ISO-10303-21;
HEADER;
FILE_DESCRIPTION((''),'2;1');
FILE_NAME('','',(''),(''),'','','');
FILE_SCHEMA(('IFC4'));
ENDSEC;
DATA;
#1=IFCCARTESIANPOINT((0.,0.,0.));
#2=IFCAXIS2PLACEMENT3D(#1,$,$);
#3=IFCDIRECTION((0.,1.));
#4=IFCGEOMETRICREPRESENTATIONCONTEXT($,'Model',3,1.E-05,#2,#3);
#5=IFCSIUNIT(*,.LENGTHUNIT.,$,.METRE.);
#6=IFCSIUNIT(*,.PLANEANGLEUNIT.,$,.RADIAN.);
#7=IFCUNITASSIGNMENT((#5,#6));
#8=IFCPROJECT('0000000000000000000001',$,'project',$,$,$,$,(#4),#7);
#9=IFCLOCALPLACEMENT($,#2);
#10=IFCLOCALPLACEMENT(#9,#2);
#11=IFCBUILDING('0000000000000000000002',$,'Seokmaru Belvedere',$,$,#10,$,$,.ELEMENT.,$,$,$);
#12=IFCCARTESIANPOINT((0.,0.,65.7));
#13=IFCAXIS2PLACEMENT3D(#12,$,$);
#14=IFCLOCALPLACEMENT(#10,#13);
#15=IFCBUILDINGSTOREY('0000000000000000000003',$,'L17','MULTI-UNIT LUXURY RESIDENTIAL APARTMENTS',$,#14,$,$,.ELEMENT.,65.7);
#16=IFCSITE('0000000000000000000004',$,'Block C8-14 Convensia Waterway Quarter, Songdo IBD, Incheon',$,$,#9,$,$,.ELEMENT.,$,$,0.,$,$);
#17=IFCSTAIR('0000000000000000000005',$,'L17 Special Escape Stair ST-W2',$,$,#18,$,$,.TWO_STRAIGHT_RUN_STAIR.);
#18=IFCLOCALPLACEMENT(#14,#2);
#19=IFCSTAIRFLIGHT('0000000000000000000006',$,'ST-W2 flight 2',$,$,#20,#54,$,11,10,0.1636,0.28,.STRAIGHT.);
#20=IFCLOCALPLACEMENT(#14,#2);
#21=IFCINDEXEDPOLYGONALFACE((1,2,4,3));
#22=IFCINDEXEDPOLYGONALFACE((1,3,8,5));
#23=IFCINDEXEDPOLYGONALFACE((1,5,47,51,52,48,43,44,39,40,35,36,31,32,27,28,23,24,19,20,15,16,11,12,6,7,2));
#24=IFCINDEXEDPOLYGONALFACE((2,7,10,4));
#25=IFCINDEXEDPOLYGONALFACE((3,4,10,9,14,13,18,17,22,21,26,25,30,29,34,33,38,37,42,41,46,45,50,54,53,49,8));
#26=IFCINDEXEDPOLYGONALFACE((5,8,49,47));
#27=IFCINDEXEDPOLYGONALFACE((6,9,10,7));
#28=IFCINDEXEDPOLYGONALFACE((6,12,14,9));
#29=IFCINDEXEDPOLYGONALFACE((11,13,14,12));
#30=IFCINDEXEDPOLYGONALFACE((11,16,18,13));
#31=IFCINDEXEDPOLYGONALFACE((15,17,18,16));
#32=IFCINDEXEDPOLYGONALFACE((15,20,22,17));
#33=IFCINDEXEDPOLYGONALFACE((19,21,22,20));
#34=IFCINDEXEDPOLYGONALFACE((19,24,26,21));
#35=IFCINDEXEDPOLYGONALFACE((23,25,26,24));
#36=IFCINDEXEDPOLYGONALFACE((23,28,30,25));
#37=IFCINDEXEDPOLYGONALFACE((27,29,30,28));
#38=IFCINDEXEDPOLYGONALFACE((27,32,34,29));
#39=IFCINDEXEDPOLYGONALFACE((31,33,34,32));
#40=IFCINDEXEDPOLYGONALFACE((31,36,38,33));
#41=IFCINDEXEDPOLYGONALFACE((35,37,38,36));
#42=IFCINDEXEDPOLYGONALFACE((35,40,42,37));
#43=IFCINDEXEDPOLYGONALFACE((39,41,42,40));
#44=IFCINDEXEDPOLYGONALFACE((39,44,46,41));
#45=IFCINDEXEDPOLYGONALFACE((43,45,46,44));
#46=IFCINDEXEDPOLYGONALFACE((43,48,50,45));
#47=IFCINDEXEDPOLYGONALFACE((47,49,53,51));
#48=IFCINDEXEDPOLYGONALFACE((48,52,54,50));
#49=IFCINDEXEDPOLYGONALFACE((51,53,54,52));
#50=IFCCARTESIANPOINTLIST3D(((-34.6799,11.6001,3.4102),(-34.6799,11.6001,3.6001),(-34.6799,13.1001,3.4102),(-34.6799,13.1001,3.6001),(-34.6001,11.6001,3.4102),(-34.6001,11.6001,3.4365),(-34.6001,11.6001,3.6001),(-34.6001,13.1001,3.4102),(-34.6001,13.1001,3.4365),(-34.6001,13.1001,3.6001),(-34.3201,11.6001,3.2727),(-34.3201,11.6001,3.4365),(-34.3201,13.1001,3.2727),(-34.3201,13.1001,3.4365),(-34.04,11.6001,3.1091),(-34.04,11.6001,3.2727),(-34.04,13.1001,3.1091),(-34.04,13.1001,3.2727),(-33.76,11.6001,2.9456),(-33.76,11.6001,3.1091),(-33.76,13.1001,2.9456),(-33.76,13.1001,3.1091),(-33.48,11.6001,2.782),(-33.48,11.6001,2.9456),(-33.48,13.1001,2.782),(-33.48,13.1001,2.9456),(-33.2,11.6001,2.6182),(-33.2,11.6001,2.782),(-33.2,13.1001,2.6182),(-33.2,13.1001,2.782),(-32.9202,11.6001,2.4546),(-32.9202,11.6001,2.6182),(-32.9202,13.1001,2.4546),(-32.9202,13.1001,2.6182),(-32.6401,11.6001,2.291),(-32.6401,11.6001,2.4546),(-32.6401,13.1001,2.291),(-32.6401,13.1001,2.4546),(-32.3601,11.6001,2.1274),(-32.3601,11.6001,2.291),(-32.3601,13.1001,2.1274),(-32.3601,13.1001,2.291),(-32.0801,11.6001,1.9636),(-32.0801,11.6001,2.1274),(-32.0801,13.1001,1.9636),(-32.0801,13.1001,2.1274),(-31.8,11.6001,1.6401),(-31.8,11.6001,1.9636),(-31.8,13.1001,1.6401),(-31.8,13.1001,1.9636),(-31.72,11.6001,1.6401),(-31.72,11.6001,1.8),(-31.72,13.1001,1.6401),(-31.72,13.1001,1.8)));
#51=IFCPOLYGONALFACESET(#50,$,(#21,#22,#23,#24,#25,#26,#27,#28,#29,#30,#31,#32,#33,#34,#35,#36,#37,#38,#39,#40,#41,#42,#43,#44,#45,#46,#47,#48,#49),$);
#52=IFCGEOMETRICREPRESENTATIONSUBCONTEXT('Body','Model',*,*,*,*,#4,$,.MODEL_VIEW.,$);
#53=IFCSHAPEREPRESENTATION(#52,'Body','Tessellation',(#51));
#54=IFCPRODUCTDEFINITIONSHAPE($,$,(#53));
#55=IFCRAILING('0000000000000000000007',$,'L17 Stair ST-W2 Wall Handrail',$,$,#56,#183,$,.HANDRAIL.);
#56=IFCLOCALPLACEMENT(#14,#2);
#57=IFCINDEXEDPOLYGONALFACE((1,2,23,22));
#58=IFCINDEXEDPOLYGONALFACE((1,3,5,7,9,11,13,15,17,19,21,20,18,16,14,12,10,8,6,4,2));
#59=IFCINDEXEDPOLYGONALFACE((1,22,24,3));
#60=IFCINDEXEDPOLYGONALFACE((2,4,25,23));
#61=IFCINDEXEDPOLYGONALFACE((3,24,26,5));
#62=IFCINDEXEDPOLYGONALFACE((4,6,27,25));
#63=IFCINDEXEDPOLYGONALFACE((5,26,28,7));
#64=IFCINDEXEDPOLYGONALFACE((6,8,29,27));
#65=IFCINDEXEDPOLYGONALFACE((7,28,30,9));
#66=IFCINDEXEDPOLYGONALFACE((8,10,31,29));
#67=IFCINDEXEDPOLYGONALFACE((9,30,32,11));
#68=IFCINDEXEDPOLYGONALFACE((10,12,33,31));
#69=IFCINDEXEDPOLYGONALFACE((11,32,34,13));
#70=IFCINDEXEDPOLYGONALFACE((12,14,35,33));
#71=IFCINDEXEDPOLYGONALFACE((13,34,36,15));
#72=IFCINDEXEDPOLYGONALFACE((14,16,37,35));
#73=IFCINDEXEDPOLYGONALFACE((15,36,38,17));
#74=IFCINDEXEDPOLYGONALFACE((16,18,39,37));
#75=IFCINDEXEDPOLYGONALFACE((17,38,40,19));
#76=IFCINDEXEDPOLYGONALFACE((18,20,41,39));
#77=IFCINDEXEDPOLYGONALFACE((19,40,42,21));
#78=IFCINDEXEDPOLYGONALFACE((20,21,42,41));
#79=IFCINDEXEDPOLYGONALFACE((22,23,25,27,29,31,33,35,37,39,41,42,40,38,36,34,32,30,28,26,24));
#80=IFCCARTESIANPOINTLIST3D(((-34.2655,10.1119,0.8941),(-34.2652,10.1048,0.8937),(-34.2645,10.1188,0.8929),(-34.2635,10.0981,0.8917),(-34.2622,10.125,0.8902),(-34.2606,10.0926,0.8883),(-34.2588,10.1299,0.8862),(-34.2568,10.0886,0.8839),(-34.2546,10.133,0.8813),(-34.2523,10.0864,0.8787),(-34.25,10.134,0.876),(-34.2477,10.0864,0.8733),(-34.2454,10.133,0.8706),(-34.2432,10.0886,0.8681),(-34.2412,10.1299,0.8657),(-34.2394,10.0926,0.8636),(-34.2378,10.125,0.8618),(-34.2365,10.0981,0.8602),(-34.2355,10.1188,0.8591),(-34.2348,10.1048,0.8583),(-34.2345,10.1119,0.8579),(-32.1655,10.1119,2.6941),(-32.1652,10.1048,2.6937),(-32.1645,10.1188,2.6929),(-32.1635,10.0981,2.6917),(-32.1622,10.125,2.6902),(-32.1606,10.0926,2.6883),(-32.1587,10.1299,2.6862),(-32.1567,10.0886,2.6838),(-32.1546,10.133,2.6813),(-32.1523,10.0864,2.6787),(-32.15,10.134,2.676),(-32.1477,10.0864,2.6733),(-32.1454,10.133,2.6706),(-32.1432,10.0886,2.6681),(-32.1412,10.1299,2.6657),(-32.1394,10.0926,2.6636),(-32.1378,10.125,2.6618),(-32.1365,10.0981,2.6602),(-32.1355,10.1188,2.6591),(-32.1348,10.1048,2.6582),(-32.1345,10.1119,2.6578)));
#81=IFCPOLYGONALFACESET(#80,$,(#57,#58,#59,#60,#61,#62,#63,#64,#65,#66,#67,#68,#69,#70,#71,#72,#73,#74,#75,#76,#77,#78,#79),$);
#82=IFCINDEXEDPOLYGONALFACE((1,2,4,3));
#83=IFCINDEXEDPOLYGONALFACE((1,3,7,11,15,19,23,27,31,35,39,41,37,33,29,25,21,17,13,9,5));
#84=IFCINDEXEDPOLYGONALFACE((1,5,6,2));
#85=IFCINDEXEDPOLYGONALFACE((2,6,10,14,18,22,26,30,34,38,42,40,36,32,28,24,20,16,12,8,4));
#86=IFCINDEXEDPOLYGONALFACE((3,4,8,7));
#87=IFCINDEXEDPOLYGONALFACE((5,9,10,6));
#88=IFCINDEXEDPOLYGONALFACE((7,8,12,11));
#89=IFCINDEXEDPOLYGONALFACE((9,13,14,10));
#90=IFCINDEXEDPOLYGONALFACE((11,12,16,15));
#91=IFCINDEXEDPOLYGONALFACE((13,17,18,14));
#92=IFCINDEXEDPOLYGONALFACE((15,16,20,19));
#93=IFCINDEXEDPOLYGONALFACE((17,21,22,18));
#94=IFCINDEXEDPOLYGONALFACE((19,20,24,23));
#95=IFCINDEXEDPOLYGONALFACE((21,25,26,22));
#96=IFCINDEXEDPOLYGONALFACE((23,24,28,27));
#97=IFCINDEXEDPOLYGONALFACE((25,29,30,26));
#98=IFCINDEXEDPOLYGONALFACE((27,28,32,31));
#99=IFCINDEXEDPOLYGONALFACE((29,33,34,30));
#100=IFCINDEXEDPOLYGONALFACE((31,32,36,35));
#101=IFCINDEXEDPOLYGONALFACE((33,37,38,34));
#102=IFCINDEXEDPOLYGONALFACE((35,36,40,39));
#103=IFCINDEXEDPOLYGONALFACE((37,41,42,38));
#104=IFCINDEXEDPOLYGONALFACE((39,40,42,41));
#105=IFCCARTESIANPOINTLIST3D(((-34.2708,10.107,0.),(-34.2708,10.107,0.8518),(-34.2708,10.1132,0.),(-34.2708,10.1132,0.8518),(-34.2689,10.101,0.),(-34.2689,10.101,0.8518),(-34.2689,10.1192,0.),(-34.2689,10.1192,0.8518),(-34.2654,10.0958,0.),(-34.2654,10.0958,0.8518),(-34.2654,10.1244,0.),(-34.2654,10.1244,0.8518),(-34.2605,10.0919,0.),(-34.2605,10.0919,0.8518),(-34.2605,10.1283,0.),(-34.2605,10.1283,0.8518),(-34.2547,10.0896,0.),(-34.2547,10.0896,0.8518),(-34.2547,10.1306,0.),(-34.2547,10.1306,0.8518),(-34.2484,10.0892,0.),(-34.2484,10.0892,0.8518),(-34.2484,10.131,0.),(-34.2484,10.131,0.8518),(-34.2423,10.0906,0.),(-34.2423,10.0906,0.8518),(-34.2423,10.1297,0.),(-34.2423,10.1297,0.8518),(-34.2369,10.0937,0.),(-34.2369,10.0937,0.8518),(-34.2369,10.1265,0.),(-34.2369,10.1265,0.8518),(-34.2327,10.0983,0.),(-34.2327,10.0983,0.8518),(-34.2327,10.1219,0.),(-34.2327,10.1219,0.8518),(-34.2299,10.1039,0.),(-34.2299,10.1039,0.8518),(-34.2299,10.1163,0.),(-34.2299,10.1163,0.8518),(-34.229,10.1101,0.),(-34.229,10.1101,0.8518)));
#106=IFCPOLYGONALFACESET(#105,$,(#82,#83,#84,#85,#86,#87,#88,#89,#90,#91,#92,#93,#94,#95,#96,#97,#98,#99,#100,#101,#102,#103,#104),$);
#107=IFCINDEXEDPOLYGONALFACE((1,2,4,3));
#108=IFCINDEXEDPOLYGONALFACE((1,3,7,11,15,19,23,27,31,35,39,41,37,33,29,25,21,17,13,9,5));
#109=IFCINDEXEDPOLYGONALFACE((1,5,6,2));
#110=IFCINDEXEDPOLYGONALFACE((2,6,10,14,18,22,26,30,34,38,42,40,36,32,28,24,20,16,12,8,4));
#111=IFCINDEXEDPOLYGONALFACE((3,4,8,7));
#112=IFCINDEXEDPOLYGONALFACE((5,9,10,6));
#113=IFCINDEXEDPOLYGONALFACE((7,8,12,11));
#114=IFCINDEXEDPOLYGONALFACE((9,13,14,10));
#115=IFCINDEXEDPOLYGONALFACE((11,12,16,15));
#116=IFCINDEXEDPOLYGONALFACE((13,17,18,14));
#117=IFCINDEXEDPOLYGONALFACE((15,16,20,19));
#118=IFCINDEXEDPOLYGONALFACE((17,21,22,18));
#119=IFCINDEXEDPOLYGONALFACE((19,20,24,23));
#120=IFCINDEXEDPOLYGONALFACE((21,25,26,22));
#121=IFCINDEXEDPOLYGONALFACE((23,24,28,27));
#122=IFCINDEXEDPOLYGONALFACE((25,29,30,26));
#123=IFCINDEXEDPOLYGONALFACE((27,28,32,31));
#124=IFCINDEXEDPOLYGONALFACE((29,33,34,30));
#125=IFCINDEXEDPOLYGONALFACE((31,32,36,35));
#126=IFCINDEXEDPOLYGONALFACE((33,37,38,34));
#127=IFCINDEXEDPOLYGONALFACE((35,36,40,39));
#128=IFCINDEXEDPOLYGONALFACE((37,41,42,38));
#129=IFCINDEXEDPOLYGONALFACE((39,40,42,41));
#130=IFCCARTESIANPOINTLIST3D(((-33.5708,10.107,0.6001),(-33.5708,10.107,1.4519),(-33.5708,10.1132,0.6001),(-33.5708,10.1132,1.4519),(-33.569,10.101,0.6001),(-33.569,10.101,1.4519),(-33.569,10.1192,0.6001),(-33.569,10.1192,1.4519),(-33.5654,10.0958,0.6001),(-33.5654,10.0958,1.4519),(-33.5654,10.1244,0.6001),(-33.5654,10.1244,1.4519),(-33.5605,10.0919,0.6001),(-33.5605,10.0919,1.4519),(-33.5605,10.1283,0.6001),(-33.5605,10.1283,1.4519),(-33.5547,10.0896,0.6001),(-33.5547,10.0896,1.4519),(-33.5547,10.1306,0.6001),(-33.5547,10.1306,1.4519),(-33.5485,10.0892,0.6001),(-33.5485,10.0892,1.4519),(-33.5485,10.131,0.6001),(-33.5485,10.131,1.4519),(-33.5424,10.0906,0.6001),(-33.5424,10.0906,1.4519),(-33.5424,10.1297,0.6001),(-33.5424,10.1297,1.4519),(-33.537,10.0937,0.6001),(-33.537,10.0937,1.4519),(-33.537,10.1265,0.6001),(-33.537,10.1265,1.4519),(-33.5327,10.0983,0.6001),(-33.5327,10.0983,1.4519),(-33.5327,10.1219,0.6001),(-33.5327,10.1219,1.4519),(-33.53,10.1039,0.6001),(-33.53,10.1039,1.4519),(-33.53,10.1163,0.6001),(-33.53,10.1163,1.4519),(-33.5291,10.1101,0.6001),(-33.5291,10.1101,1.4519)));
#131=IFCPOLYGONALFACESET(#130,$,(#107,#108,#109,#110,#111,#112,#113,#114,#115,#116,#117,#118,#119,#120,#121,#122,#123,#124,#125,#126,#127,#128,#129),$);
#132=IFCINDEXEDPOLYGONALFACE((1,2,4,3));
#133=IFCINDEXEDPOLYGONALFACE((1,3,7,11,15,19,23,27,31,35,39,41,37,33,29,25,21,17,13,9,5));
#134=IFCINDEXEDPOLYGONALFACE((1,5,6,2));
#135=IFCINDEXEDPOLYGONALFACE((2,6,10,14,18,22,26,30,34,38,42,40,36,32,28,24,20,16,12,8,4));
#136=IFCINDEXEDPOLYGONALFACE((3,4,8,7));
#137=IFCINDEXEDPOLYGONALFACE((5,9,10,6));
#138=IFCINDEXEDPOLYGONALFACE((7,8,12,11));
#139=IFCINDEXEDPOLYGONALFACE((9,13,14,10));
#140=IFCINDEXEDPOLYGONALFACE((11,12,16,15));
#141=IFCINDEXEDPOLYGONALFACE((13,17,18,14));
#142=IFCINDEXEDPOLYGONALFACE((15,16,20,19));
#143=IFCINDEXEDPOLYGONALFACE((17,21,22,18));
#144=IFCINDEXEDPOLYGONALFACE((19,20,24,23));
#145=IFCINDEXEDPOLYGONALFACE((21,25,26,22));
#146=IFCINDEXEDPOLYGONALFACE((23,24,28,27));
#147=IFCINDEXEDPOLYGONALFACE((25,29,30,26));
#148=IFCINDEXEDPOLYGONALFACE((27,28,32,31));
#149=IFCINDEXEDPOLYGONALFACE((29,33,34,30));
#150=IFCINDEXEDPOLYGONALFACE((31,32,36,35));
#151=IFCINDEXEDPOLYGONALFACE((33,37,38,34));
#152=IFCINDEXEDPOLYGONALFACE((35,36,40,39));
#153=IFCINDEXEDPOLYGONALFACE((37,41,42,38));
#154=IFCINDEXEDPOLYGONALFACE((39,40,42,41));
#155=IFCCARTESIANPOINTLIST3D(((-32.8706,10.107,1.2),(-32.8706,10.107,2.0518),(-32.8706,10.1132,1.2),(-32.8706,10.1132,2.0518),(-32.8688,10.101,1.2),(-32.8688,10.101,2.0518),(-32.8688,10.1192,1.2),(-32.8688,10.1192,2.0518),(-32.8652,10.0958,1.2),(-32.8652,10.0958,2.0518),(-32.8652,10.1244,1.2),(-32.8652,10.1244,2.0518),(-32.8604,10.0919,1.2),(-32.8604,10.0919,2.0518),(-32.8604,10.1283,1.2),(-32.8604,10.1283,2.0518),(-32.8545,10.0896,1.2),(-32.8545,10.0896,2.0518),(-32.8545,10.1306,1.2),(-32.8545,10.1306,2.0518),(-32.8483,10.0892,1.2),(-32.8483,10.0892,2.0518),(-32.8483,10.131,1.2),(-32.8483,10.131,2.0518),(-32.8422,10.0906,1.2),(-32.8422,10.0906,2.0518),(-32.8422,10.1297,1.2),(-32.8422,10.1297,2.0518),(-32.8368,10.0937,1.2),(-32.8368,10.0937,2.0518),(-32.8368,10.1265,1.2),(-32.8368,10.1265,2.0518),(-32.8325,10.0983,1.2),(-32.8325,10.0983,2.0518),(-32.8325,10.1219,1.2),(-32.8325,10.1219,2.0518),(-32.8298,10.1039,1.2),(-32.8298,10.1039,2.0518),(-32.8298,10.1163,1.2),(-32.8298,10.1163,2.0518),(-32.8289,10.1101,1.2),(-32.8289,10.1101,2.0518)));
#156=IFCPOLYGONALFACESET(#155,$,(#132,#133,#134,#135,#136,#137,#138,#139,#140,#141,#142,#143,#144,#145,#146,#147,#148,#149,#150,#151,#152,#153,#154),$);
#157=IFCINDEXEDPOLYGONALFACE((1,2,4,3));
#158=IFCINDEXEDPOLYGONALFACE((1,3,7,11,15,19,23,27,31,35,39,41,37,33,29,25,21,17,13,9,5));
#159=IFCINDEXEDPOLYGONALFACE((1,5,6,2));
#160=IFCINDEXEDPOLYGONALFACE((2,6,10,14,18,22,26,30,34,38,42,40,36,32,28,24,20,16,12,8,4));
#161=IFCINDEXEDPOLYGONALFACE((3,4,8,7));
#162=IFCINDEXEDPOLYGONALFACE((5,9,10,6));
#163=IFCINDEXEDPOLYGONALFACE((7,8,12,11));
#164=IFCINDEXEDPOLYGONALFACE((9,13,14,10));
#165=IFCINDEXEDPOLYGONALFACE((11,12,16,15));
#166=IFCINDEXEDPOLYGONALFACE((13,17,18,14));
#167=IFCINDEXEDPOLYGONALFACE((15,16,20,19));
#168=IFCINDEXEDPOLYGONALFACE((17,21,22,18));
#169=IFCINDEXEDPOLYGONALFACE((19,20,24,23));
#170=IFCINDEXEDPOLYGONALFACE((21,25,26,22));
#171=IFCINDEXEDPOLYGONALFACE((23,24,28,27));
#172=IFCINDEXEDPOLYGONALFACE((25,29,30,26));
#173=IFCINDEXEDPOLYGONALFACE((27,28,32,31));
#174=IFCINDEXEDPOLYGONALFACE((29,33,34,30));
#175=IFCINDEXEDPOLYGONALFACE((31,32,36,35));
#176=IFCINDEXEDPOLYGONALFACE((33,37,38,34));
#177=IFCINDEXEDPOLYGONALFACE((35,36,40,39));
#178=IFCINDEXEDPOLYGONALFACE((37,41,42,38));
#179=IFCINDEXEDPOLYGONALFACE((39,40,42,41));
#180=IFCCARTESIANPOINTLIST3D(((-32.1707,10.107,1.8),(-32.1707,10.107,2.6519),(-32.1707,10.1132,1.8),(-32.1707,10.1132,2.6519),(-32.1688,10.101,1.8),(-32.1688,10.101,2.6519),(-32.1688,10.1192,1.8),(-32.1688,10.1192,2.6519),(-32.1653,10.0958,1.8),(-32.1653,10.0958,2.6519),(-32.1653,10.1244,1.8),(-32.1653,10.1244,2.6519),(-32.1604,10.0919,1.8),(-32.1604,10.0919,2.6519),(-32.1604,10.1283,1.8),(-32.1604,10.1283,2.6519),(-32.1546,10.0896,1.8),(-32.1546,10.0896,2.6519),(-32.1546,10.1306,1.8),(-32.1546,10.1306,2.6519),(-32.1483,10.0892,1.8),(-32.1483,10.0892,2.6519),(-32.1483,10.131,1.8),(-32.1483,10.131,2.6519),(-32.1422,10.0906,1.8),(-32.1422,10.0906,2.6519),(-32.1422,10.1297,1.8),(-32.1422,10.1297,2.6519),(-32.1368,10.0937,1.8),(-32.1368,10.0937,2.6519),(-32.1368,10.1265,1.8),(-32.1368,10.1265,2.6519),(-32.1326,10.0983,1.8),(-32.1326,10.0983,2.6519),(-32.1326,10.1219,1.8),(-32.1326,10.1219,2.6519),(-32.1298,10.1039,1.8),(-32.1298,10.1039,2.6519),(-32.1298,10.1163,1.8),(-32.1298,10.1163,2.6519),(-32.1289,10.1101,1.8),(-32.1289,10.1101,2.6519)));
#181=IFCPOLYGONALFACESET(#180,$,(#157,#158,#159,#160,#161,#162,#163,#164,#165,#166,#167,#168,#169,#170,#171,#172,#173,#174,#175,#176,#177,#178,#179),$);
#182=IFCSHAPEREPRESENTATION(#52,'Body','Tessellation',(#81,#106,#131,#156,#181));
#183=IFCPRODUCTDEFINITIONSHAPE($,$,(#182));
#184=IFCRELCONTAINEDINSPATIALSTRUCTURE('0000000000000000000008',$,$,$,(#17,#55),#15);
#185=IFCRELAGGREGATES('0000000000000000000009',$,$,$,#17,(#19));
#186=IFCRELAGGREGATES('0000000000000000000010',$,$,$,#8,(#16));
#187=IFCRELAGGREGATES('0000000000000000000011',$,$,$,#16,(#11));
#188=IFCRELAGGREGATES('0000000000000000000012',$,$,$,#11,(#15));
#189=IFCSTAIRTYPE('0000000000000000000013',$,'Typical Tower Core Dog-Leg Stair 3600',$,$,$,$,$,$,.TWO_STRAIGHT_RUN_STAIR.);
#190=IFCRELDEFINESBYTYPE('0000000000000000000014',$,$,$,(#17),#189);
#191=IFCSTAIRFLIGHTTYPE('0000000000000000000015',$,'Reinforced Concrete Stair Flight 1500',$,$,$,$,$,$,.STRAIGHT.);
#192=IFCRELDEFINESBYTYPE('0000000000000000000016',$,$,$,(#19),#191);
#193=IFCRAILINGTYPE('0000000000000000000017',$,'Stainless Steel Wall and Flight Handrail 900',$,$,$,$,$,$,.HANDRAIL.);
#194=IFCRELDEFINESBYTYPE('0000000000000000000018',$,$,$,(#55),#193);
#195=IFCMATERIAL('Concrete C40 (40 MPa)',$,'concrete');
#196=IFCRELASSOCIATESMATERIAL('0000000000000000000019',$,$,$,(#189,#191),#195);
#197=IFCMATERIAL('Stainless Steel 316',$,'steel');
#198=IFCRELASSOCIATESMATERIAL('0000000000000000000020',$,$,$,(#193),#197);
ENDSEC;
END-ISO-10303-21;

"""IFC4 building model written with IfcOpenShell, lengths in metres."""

from ifc_helpers import new_model, si_unit, direction, frame, origin, origin_2d, place, context, subcontext, project, spatial, polyline, circle, outline, extrude, material, type_object, element, aggregate, save


model = new_model("IFC4")

# Units and contexts
model_context = context("Model", 3, precision=1e-05, world=origin(), true_north=direction((0.0, 1.0)))
body_context = subcontext(model_context, "Body", "Model", "MODEL_VIEW")
ifc_project = project(units=[si_unit("LENGTHUNIT", "METRE"), si_unit("PLANEANGLEUNIT", "RADIAN")], contexts=[model_context])

# Site, building, storey
site_placement = place(None, origin())
site = spatial("IfcSite", under=ifc_project, at=site_placement, Name="Block C8-14 Convensia Waterway Quarter, Songdo IBD, Incheon", CompositionType="ELEMENT", RefElevation=0.0)
building_placement = place(site_placement, origin())
building = spatial("IfcBuilding", under=site, at=building_placement, Name="Seokmaru Belvedere", CompositionType="ELEMENT")
storey_placement = place(building_placement, frame((0.0, 0.0, 65.7)))
storey = spatial("IfcBuildingStorey", under=building, at=storey_placement, Name="L17", Description="MULTI-UNIT LUXURY RESIDENTIAL APARTMENTS", CompositionType="ELEMENT", Elevation=65.7)

# Stair, stair flight
ifc_material_1 = material(Name="Concrete C40 (40 MPa)", Category="concrete")
stair_type = type_object("IfcStairType", Name="Typical Tower Core Dog-Leg Stair 3600", PredefinedType="TWO_STRAIGHT_RUN_STAIR", material=ifc_material_1)
stair_placement = place(storey_placement, origin())
stair = element("IfcStair", 1, at=stair_placement, inside=storey, type_object=stair_type, Name="L17 Special Escape Stair ST-W2", PredefinedType="TWO_STRAIGHT_RUN_STAIR")
stair_flight_type = type_object("IfcStairFlightType", Name="Reinforced Concrete Stair Flight 1500", PredefinedType="STRAIGHT", material=ifc_material_1)
stair_flight_1_placement = place(storey_placement, frame((-31.8, 12.3501, 1.8), z_axis=(0.0, 0.0, 1.0), x_axis=(-1.0, 0.0, 0.0)))
stair_flight_1 = element("IfcStairFlight", 2, at=stair_flight_1_placement, type_object=stair_flight_type, Name="ST-W2 flight 2", NumberOfRisers=11, NumberOfTreads=10, PredefinedType="STRAIGHT", RiserHeight=0.1636, TreadLength=0.28, context=body_context, shape_type="SweptSolid", body=[
    extrude(outline(polyline([(-0.0801, 0.0), (0.0, 0.1636), (0.28, 0.1636), (0.28, 0.3274), (0.5601, 0.3274), (0.5601, 0.491), (0.8401, 0.491), (0.8401, 0.6545), (1.1201, 0.6545), (1.1201, 0.8181), (1.3999, 0.8181), (1.3999, 0.9819), (1.6799, 0.9819), (1.6799, 1.1455), (1.96, 1.1455), (1.96, 1.3091), (2.24, 1.3091), (2.24, 1.4727), (2.52, 1.4727), (2.52, 1.6365), (2.8, 1.6365), (2.8, 1.8), (2.8799, 1.8), (2.8799, 1.6101), (2.8, 1.6101), (0.0, -0.1599), (-0.0801, -0.1599), (-0.0801, 0.0)])), frame((0.0, 0.75, 0.0), z_axis=(0.0, -1.0, 0.0), x_axis=(1.0, 0.0, 0.0)), (0.0, 0.0, 1.0), 1.5),
])
aggregate(stair, [stair_flight_1])

# Railing
ifc_material_2 = material(Name="Stainless Steel 316", Category="steel")
railing_type_1 = type_object("IfcRailingType", Name="Stainless Steel Wall and Flight Handrail 900", PredefinedType="HANDRAIL", material=ifc_material_2)
railing_1_placement = place(storey_placement, frame((-34.25, 10.1101, 0.0)))
element("IfcRailing", 3, at=railing_1_placement, inside=storey, type_object=railing_type_1, Name="L17 Stair ST-W2 Wall Handrail", PredefinedType="HANDRAIL", context=body_context, shape_type="SweptSolid", body=[
    extrude(circle(Radius=0.0239, at=origin_2d()), frame((0.0, 0.0, 0.876), z_axis=(0.759263, 0.0, 0.650784), x_axis=(0.0, 1.0, 0.0)), (0.0, 0.0, 1.0), 2.7659),
    extrude(circle(Radius=0.021, at=origin_2d()), origin(), (0.0, 0.0, 1.0), 0.8518),
    extrude(circle(Radius=0.021, at=origin_2d()), frame((0.7, 0.0, 0.6001)), (0.0, 0.0, 1.0), 0.8518),
    extrude(circle(Radius=0.021, at=origin_2d()), frame((1.4001, 0.0, 1.2)), (0.0, 0.0, 1.0), 0.8518),
    extrude(circle(Radius=0.021, at=origin_2d()), frame((2.1001, 0.0, 1.8)), (0.0, 0.0, 1.0), 0.8518),
])

save(model, "model.ifc")
